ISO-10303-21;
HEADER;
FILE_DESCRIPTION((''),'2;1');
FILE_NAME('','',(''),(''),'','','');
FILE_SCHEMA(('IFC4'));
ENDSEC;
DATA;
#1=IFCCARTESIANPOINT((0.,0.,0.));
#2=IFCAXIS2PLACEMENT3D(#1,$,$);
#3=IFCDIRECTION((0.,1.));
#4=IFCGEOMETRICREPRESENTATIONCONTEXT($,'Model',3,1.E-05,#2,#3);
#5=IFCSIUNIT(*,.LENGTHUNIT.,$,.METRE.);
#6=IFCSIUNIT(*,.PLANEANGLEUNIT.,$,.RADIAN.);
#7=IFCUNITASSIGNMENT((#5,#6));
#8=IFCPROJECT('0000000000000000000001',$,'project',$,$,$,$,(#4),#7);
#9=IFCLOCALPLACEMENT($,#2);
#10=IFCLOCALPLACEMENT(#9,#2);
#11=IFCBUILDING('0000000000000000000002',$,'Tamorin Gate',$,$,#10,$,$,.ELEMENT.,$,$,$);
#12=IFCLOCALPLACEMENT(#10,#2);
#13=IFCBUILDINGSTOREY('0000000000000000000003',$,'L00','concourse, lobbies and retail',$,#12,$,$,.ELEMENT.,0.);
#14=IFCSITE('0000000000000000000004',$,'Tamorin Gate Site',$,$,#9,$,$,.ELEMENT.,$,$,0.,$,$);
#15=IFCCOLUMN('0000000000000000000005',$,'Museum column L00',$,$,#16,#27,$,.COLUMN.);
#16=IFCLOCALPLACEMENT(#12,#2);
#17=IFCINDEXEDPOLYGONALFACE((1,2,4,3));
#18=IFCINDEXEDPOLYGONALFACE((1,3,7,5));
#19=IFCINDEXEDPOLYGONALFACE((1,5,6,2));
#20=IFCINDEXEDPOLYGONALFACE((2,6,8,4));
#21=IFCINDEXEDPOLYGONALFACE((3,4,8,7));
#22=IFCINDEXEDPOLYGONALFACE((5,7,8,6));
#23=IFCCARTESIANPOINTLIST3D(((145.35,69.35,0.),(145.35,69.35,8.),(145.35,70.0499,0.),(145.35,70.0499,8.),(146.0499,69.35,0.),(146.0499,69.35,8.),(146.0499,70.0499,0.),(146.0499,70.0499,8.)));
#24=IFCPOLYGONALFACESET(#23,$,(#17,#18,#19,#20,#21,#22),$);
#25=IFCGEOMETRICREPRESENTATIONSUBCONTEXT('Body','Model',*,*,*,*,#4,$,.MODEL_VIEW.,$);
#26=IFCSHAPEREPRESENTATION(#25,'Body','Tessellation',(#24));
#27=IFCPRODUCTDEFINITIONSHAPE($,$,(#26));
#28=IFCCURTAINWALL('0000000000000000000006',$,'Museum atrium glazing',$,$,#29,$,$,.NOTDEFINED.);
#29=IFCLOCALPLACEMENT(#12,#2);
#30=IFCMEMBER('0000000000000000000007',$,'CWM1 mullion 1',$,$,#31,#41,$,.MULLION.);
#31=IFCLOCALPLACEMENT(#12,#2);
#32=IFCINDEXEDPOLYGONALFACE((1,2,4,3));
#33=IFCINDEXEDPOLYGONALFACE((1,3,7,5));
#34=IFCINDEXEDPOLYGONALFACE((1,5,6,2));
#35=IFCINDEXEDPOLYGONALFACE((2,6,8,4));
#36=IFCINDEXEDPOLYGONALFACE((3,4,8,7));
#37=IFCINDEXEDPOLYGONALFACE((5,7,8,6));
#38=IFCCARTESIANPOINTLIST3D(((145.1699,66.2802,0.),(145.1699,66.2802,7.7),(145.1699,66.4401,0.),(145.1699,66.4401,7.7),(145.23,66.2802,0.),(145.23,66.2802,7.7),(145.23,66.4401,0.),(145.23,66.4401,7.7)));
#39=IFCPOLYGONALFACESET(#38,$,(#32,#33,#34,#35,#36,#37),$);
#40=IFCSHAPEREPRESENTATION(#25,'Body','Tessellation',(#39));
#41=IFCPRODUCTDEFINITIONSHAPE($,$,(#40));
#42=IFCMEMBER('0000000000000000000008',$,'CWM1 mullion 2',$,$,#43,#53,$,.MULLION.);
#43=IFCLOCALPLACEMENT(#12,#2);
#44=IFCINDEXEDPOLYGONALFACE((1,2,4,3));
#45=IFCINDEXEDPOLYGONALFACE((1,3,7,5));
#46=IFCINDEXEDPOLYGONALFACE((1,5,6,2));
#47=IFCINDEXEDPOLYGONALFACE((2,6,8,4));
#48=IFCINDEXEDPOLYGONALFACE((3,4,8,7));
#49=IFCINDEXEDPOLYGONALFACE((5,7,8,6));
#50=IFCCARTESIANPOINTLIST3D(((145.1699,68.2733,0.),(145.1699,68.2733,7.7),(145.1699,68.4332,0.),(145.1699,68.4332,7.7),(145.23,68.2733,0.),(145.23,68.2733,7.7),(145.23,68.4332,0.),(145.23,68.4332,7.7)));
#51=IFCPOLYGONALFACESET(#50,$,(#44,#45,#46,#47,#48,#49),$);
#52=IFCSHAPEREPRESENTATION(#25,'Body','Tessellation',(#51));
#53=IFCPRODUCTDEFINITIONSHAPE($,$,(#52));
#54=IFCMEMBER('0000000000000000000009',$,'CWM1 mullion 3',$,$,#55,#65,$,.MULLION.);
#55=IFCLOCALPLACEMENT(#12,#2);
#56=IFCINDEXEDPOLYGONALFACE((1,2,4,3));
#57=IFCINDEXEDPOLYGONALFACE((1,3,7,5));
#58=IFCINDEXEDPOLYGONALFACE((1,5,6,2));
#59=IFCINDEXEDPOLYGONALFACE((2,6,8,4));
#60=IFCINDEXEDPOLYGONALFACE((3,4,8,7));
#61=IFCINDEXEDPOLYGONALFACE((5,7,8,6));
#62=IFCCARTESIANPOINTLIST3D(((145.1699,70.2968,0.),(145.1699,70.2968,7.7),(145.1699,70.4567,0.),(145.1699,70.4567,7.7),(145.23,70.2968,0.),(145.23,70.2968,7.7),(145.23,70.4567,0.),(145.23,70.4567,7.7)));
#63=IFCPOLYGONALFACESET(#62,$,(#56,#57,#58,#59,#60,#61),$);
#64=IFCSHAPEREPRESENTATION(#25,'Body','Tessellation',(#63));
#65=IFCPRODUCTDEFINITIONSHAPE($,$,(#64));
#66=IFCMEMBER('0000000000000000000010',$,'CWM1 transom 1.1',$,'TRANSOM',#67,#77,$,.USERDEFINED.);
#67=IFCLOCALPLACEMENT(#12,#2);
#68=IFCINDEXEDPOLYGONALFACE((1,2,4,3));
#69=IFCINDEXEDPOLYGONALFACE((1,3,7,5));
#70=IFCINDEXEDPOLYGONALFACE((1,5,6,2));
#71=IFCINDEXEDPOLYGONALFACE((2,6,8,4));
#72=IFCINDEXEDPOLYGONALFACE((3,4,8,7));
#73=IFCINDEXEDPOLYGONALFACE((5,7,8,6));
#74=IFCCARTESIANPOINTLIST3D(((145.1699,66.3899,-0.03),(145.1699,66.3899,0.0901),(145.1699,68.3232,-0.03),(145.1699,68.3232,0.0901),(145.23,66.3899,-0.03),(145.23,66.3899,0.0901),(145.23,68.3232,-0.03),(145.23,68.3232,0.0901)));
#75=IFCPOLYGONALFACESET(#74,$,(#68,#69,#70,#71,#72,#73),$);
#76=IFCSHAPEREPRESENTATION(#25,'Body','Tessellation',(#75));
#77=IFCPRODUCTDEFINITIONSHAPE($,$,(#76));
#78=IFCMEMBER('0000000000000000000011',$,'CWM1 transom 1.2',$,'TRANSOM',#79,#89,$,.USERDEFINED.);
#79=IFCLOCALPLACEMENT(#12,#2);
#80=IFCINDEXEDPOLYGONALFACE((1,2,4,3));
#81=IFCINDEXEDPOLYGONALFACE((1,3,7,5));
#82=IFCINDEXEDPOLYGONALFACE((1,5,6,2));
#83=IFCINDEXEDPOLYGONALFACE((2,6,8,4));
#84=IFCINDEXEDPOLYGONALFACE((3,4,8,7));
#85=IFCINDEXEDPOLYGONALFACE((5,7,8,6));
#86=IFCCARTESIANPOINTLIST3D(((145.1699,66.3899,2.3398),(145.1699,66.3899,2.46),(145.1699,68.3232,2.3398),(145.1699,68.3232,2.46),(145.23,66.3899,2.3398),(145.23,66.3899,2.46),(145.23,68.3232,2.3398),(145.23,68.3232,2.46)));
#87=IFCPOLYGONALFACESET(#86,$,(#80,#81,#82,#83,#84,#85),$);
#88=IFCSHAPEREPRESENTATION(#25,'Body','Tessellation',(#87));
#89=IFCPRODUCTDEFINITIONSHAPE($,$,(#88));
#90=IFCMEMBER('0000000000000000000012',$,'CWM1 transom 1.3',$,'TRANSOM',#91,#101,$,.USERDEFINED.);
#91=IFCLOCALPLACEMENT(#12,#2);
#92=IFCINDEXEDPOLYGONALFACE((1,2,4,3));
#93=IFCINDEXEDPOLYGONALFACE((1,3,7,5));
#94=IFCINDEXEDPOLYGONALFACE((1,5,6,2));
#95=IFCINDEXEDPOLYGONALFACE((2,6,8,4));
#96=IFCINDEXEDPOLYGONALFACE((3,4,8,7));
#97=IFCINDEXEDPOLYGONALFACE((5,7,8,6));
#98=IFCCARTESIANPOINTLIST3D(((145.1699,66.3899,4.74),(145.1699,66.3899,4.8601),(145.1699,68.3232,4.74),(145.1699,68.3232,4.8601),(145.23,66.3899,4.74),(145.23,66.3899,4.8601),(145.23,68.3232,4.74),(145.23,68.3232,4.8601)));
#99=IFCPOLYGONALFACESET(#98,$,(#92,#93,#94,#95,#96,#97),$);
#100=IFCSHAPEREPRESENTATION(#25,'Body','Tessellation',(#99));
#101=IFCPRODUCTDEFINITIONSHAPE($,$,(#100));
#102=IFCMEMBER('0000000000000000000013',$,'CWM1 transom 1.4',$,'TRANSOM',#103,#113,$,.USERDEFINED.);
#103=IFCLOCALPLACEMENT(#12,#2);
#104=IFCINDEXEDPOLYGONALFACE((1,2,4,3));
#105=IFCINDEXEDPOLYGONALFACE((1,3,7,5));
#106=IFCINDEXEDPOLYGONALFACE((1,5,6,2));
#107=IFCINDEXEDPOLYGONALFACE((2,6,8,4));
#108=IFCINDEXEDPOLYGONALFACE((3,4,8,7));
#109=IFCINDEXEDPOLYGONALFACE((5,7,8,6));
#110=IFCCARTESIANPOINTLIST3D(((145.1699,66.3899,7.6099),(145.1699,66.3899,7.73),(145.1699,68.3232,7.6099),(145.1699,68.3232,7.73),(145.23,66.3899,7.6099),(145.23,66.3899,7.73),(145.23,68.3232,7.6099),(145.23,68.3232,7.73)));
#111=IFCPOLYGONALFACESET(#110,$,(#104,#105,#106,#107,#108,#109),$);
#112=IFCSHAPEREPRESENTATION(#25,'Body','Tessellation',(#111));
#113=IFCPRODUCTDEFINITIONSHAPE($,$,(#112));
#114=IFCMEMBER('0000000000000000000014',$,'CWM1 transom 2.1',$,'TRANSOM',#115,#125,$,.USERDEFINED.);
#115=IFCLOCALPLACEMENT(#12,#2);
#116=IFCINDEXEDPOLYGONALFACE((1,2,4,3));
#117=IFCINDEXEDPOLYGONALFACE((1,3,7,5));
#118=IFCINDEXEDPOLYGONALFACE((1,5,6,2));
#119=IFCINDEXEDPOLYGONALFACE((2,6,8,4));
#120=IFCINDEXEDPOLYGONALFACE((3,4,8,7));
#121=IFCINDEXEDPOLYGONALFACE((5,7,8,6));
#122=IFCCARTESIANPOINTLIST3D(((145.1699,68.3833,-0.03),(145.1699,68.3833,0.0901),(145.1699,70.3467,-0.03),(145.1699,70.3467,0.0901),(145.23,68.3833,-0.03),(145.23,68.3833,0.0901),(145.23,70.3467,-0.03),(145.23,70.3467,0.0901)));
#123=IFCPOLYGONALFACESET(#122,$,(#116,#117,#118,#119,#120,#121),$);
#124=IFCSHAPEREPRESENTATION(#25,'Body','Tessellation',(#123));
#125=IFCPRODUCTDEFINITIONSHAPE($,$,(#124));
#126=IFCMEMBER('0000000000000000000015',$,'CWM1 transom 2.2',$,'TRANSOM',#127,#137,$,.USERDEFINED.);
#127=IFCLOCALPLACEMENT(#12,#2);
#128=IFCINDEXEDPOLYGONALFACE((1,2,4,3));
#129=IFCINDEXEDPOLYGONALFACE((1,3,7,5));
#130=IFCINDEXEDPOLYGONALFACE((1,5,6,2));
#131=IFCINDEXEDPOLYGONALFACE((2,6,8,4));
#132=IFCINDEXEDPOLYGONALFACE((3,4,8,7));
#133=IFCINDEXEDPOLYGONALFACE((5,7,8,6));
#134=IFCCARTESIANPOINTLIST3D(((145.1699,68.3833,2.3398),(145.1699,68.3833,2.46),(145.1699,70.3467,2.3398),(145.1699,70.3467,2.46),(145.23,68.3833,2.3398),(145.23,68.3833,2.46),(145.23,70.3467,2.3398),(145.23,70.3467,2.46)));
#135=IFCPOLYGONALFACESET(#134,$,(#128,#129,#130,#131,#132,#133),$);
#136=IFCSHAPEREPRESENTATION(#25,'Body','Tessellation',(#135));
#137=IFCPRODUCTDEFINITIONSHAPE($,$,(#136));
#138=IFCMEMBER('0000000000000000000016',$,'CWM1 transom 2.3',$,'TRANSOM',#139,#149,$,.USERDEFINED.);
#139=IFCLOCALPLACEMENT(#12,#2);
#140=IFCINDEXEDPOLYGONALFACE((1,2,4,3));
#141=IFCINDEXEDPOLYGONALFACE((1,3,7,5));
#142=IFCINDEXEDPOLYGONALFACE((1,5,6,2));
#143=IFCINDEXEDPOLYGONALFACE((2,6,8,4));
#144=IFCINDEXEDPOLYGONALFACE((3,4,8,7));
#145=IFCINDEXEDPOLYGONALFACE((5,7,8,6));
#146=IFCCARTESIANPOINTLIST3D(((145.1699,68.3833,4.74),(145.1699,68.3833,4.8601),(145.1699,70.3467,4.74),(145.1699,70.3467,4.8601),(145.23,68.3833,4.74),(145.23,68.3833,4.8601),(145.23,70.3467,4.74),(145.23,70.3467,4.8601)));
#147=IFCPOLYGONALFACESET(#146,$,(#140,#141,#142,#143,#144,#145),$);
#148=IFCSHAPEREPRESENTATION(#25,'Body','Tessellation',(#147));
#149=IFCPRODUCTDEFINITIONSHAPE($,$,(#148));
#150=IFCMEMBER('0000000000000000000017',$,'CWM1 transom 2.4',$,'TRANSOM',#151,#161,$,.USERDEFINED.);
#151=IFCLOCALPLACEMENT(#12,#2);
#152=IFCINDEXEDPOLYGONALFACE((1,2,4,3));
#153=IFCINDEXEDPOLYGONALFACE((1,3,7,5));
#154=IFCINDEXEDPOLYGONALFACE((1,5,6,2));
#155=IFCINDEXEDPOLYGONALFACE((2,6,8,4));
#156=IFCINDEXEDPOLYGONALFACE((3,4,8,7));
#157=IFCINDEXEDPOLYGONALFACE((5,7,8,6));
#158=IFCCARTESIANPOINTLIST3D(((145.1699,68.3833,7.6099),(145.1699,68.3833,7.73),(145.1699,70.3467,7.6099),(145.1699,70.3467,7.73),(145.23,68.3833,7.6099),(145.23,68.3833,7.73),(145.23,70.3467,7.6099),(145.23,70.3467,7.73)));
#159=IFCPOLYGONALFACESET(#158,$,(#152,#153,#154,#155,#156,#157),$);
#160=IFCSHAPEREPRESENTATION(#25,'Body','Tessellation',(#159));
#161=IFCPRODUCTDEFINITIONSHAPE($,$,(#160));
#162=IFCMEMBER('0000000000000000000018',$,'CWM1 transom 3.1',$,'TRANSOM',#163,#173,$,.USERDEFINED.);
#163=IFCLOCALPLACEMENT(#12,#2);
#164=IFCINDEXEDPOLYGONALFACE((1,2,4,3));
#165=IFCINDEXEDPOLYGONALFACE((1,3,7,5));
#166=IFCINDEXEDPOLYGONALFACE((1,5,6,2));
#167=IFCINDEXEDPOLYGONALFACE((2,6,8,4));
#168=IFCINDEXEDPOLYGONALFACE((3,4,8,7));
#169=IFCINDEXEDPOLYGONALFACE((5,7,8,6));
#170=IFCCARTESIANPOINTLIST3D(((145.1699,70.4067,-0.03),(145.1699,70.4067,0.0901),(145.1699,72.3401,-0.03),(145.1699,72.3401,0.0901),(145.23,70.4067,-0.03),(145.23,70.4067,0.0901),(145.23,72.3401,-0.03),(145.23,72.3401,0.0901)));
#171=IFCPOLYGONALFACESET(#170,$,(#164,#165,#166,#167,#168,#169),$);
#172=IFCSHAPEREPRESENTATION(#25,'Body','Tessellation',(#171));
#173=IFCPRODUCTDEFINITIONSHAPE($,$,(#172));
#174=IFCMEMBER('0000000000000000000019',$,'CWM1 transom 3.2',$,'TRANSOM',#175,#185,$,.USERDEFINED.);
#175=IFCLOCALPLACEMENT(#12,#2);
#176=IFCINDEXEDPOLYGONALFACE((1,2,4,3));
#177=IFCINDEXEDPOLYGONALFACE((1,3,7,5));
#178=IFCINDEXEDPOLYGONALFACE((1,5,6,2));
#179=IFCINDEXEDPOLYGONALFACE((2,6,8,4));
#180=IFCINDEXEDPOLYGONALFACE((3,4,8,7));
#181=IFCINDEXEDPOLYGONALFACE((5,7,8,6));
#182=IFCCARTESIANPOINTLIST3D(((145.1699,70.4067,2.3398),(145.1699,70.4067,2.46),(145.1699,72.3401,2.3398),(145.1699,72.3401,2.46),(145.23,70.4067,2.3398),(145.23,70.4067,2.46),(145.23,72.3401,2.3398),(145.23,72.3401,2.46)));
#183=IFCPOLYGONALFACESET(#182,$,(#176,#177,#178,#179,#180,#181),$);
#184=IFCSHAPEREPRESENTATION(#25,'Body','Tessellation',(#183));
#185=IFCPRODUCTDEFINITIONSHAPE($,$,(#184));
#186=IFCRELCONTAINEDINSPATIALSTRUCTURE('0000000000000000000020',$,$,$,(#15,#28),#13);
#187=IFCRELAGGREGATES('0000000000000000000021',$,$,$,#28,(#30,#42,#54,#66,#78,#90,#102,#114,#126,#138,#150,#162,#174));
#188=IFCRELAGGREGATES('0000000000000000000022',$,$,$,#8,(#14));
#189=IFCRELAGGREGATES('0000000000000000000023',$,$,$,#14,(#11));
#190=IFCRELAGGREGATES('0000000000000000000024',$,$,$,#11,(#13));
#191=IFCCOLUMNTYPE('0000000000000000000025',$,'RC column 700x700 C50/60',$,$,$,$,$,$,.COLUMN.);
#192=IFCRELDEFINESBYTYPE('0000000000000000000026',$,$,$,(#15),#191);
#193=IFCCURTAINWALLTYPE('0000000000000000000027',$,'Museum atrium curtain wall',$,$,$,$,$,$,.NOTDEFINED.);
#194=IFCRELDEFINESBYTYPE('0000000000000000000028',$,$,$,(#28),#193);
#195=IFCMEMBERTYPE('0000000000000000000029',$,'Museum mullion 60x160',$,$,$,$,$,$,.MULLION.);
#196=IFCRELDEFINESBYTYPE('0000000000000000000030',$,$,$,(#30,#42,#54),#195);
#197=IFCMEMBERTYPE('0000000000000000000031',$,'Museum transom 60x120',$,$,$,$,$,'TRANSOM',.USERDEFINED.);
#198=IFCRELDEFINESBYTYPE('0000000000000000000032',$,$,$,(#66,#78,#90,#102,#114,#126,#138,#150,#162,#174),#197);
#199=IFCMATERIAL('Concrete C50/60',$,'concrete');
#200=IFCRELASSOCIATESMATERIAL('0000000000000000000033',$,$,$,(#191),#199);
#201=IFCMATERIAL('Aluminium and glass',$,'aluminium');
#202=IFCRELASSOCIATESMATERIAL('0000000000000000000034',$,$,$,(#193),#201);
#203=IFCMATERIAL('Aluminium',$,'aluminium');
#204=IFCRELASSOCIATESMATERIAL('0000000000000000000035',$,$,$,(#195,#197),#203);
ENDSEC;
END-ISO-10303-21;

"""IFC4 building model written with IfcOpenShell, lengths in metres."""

from ifc_helpers import new_model, si_unit, direction, frame, origin, origin_2d, place, context, subcontext, project, spatial, rectangle, extrude, material, material_profile, profile_set, type_object, element, aggregate, save


model = new_model("IFC4")

# Units and contexts
model_context = context("Model", 3, precision=1e-05, world=origin(), true_north=direction((0.0, 1.0)))
body_context = subcontext(model_context, "Body", "Model", "MODEL_VIEW")
ifc_project = project(units=[si_unit("LENGTHUNIT", "METRE"), si_unit("PLANEANGLEUNIT", "RADIAN")], contexts=[model_context])

# Site, building, storey
site_placement = place(None, origin())
site = spatial("IfcSite", under=ifc_project, at=site_placement, Name="Tamorin Gate Site", CompositionType="ELEMENT", RefElevation=0.0)
building_placement = place(site_placement, origin())
building = spatial("IfcBuilding", under=site, at=building_placement, Name="Tamorin Gate", CompositionType="ELEMENT")
storey_placement = place(building_placement, origin())
storey = spatial("IfcBuildingStorey", under=building, at=storey_placement, Name="L00", Description="concourse, lobbies and retail", CompositionType="ELEMENT", Elevation=0.0)

# Column
ifc_material_1 = material(Name="Concrete C50/60", Category="concrete")
ifc_material_profile_1 = material_profile(ifc_material_1, rectangle(XDim=0.7, YDim=0.7, at=origin_2d()), Name="RC 700x700")
ifc_profile_set_1 = profile_set([ifc_material_profile_1], Name="Concrete C50/60")
column_type = type_object("IfcColumnType", Name="RC column 700x700 C50/60", PredefinedType="COLUMN", material=ifc_profile_set_1)
column_placement = place(storey_placement, frame((145.7, 69.7, 0.0), z_axis=(0.0, 0.0, 1.0), x_axis=(1.0, 0.0, 0.0)))
element("IfcColumn", 1, at=column_placement, inside=storey, type_object=column_type, Name="Museum column L00", PredefinedType="COLUMN", context=body_context, shape_type="SweptSolid", body=[
    extrude(rectangle(XDim=0.7, YDim=0.7, at=origin_2d()), origin(), (0.0, 0.0, 1.0), 8.0),
])

# Curtain wall, members
ifc_material_2 = material(Name="Aluminium and glass", Category="aluminium")
curtain_wall_type = type_object("IfcCurtainWallType", Name="Museum atrium curtain wall", PredefinedType="NOTDEFINED", material=ifc_material_2)
curtain_wall_placement = place(storey_placement, origin())
curtain_wall = element("IfcCurtainWall", 2, at=curtain_wall_placement, inside=storey, type_object=curtain_wall_type, Name="Museum atrium glazing", PredefinedType="NOTDEFINED")
ifc_material_3 = material(Name="Aluminium", Category="aluminium")
ifc_material_profile_2 = material_profile(ifc_material_3, rectangle(XDim=0.0601, YDim=0.1599, at=origin_2d()), Name="RECT 60x160")
ifc_profile_set_2 = profile_set([ifc_material_profile_2], Name="Aluminium")
member_type_1 = type_object("IfcMemberType", Name="Museum mullion 60x160", PredefinedType="MULLION", material=ifc_profile_set_2)
member_1_placement = place(storey_placement, frame((145.2, 66.3601, 0.0), z_axis=(0.0, 0.0, 1.0), x_axis=(-1.0, 0.0, 0.0)))
member_1 = element("IfcMember", 3, at=member_1_placement, type_object=member_type_1, Name="CWM1 mullion 1", PredefinedType="MULLION", context=body_context, shape_type="SweptSolid", body=[
    extrude(rectangle(XDim=0.0601, YDim=0.1599, at=origin_2d()), origin(), (0.0, 0.0, 1.0), 7.7),
])
member_2_placement = place(storey_placement, frame((145.2, 68.3533, 0.0), z_axis=(0.0, 0.0, 1.0), x_axis=(-1.0, 0.0, 0.0)))
member_2 = element("IfcMember", 4, at=member_2_placement, type_object=member_type_1, Name="CWM1 mullion 2", PredefinedType="MULLION", context=body_context, shape_type="SweptSolid", body=[
    extrude(rectangle(XDim=0.0601, YDim=0.1599, at=origin_2d()), origin(), (0.0, 0.0, 1.0), 7.7),
])
member_3_placement = place(storey_placement, frame((145.2, 70.3767, 0.0), z_axis=(0.0, 0.0, 1.0), x_axis=(-1.0, 0.0, 0.0)))
member_3 = element("IfcMember", 5, at=member_3_placement, type_object=member_type_1, Name="CWM1 mullion 3", PredefinedType="MULLION", context=body_context, shape_type="SweptSolid", body=[
    extrude(rectangle(XDim=0.0601, YDim=0.1599, at=origin_2d()), origin(), (0.0, 0.0, 1.0), 7.7),
])
ifc_material_profile_3 = material_profile(ifc_material_3, rectangle(XDim=0.0601, YDim=0.1201, at=origin_2d()), Name="RECT 60x120")
ifc_profile_set_3 = profile_set([ifc_material_profile_3], Name="Aluminium")
member_type_2 = type_object("IfcMemberType", Name="Museum transom 60x120", ElementType="TRANSOM", PredefinedType="USERDEFINED", material=ifc_profile_set_3)
member_4_placement = place(storey_placement, frame((145.2, 66.3899, 0.03), z_axis=(0.0, 1.0, 0.0), x_axis=(-1.0, 0.0, 0.0)))
member_4 = element("IfcMember", 6, at=member_4_placement, type_object=member_type_2, Name="CWM1 transom 1.1", ObjectType="TRANSOM", PredefinedType="USERDEFINED", context=body_context, shape_type="SweptSolid", body=[
    extrude(rectangle(XDim=0.0601, YDim=0.1201, at=origin_2d()), origin(), (0.0, 0.0, 1.0), 1.9333),
])
member_5_placement = place(storey_placement, frame((145.2, 66.3899, 2.3999), z_axis=(0.0, 1.0, 0.0), x_axis=(-1.0, 0.0, 0.0)))
member_5 = element("IfcMember", 7, at=member_5_placement, type_object=member_type_2, Name="CWM1 transom 1.2", ObjectType="TRANSOM", PredefinedType="USERDEFINED", context=body_context, shape_type="SweptSolid", body=[
    extrude(rectangle(XDim=0.0601, YDim=0.1201, at=origin_2d()), origin(), (0.0, 0.0, 1.0), 1.9333),
])
member_6_placement = place(storey_placement, frame((145.2, 66.3899, 4.8), z_axis=(0.0, 1.0, 0.0), x_axis=(-1.0, 0.0, 0.0)))
member_6 = element("IfcMember", 8, at=member_6_placement, type_object=member_type_2, Name="CWM1 transom 1.3", ObjectType="TRANSOM", PredefinedType="USERDEFINED", context=body_context, shape_type="SweptSolid", body=[
    extrude(rectangle(XDim=0.0601, YDim=0.1201, at=origin_2d()), origin(), (0.0, 0.0, 1.0), 1.9333),
])
member_7_placement = place(storey_placement, frame((145.2, 66.3899, 7.6699), z_axis=(0.0, 1.0, 0.0), x_axis=(-1.0, 0.0, 0.0)))
member_7 = element("IfcMember", 9, at=member_7_placement, type_object=member_type_2, Name="CWM1 transom 1.4", ObjectType="TRANSOM", PredefinedType="USERDEFINED", context=body_context, shape_type="SweptSolid", body=[
    extrude(rectangle(XDim=0.0601, YDim=0.1201, at=origin_2d()), origin(), (0.0, 0.0, 1.0), 1.9333),
])
member_8_placement = place(storey_placement, frame((145.2, 68.3833, 0.03), z_axis=(0.0, 1.0, 0.0), x_axis=(-1.0, 0.0, 0.0)))
member_8 = element("IfcMember", 10, at=member_8_placement, type_object=member_type_2, Name="CWM1 transom 2.1", ObjectType="TRANSOM", PredefinedType="USERDEFINED", context=body_context, shape_type="SweptSolid", body=[
    extrude(rectangle(XDim=0.0601, YDim=0.1201, at=origin_2d()), origin(), (0.0, 0.0, 1.0), 1.9634),
])
member_9_placement = place(storey_placement, frame((145.2, 68.3833, 2.3999), z_axis=(0.0, 1.0, 0.0), x_axis=(-1.0, 0.0, 0.0)))
member_9 = element("IfcMember", 11, at=member_9_placement, type_object=member_type_2, Name="CWM1 transom 2.2", ObjectType="TRANSOM", PredefinedType="USERDEFINED", context=body_context, shape_type="SweptSolid", body=[
    extrude(rectangle(XDim=0.0601, YDim=0.1201, at=origin_2d()), origin(), (0.0, 0.0, 1.0), 1.9634),
])
member_10_placement = place(storey_placement, frame((145.2, 68.3833, 4.8), z_axis=(0.0, 1.0, 0.0), x_axis=(-1.0, 0.0, 0.0)))
member_10 = element("IfcMember", 12, at=member_10_placement, type_object=member_type_2, Name="CWM1 transom 2.3", ObjectType="TRANSOM", PredefinedType="USERDEFINED", context=body_context, shape_type="SweptSolid", body=[
    extrude(rectangle(XDim=0.0601, YDim=0.1201, at=origin_2d()), origin(), (0.0, 0.0, 1.0), 1.9634),
])
member_11_placement = place(storey_placement, frame((145.2, 68.3833, 7.6699), z_axis=(0.0, 1.0, 0.0), x_axis=(-1.0, 0.0, 0.0)))
member_11 = element("IfcMember", 13, at=member_11_placement, type_object=member_type_2, Name="CWM1 transom 2.4", ObjectType="TRANSOM", PredefinedType="USERDEFINED", context=body_context, shape_type="SweptSolid", body=[
    extrude(rectangle(XDim=0.0601, YDim=0.1201, at=origin_2d()), origin(), (0.0, 0.0, 1.0), 1.9634),
])
member_12_placement = place(storey_placement, frame((145.2, 70.4067, 0.03), z_axis=(0.0, 1.0, 0.0), x_axis=(-1.0, 0.0, 0.0)))
member_12 = element("IfcMember", 14, at=member_12_placement, type_object=member_type_2, Name="CWM1 transom 3.1", ObjectType="TRANSOM", PredefinedType="USERDEFINED", context=body_context, shape_type="SweptSolid", body=[
    extrude(rectangle(XDim=0.0601, YDim=0.1201, at=origin_2d()), origin(), (0.0, 0.0, 1.0), 1.9333),
])
member_13_placement = place(storey_placement, frame((145.2, 70.4067, 2.3999), z_axis=(0.0, 1.0, 0.0), x_axis=(-1.0, 0.0, 0.0)))
member_13 = element("IfcMember", 15, at=member_13_placement, type_object=member_type_2, Name="CWM1 transom 3.2", ObjectType="TRANSOM", PredefinedType="USERDEFINED", context=body_context, shape_type="SweptSolid", body=[
    extrude(rectangle(XDim=0.0601, YDim=0.1201, at=origin_2d()), origin(), (0.0, 0.0, 1.0), 1.9333),
])
aggregate(curtain_wall, [member_1, member_2, member_3, member_4, member_5, member_6, member_7, member_8, member_9, member_10, member_11, member_12, member_13])

save(model, "model.ifc")
